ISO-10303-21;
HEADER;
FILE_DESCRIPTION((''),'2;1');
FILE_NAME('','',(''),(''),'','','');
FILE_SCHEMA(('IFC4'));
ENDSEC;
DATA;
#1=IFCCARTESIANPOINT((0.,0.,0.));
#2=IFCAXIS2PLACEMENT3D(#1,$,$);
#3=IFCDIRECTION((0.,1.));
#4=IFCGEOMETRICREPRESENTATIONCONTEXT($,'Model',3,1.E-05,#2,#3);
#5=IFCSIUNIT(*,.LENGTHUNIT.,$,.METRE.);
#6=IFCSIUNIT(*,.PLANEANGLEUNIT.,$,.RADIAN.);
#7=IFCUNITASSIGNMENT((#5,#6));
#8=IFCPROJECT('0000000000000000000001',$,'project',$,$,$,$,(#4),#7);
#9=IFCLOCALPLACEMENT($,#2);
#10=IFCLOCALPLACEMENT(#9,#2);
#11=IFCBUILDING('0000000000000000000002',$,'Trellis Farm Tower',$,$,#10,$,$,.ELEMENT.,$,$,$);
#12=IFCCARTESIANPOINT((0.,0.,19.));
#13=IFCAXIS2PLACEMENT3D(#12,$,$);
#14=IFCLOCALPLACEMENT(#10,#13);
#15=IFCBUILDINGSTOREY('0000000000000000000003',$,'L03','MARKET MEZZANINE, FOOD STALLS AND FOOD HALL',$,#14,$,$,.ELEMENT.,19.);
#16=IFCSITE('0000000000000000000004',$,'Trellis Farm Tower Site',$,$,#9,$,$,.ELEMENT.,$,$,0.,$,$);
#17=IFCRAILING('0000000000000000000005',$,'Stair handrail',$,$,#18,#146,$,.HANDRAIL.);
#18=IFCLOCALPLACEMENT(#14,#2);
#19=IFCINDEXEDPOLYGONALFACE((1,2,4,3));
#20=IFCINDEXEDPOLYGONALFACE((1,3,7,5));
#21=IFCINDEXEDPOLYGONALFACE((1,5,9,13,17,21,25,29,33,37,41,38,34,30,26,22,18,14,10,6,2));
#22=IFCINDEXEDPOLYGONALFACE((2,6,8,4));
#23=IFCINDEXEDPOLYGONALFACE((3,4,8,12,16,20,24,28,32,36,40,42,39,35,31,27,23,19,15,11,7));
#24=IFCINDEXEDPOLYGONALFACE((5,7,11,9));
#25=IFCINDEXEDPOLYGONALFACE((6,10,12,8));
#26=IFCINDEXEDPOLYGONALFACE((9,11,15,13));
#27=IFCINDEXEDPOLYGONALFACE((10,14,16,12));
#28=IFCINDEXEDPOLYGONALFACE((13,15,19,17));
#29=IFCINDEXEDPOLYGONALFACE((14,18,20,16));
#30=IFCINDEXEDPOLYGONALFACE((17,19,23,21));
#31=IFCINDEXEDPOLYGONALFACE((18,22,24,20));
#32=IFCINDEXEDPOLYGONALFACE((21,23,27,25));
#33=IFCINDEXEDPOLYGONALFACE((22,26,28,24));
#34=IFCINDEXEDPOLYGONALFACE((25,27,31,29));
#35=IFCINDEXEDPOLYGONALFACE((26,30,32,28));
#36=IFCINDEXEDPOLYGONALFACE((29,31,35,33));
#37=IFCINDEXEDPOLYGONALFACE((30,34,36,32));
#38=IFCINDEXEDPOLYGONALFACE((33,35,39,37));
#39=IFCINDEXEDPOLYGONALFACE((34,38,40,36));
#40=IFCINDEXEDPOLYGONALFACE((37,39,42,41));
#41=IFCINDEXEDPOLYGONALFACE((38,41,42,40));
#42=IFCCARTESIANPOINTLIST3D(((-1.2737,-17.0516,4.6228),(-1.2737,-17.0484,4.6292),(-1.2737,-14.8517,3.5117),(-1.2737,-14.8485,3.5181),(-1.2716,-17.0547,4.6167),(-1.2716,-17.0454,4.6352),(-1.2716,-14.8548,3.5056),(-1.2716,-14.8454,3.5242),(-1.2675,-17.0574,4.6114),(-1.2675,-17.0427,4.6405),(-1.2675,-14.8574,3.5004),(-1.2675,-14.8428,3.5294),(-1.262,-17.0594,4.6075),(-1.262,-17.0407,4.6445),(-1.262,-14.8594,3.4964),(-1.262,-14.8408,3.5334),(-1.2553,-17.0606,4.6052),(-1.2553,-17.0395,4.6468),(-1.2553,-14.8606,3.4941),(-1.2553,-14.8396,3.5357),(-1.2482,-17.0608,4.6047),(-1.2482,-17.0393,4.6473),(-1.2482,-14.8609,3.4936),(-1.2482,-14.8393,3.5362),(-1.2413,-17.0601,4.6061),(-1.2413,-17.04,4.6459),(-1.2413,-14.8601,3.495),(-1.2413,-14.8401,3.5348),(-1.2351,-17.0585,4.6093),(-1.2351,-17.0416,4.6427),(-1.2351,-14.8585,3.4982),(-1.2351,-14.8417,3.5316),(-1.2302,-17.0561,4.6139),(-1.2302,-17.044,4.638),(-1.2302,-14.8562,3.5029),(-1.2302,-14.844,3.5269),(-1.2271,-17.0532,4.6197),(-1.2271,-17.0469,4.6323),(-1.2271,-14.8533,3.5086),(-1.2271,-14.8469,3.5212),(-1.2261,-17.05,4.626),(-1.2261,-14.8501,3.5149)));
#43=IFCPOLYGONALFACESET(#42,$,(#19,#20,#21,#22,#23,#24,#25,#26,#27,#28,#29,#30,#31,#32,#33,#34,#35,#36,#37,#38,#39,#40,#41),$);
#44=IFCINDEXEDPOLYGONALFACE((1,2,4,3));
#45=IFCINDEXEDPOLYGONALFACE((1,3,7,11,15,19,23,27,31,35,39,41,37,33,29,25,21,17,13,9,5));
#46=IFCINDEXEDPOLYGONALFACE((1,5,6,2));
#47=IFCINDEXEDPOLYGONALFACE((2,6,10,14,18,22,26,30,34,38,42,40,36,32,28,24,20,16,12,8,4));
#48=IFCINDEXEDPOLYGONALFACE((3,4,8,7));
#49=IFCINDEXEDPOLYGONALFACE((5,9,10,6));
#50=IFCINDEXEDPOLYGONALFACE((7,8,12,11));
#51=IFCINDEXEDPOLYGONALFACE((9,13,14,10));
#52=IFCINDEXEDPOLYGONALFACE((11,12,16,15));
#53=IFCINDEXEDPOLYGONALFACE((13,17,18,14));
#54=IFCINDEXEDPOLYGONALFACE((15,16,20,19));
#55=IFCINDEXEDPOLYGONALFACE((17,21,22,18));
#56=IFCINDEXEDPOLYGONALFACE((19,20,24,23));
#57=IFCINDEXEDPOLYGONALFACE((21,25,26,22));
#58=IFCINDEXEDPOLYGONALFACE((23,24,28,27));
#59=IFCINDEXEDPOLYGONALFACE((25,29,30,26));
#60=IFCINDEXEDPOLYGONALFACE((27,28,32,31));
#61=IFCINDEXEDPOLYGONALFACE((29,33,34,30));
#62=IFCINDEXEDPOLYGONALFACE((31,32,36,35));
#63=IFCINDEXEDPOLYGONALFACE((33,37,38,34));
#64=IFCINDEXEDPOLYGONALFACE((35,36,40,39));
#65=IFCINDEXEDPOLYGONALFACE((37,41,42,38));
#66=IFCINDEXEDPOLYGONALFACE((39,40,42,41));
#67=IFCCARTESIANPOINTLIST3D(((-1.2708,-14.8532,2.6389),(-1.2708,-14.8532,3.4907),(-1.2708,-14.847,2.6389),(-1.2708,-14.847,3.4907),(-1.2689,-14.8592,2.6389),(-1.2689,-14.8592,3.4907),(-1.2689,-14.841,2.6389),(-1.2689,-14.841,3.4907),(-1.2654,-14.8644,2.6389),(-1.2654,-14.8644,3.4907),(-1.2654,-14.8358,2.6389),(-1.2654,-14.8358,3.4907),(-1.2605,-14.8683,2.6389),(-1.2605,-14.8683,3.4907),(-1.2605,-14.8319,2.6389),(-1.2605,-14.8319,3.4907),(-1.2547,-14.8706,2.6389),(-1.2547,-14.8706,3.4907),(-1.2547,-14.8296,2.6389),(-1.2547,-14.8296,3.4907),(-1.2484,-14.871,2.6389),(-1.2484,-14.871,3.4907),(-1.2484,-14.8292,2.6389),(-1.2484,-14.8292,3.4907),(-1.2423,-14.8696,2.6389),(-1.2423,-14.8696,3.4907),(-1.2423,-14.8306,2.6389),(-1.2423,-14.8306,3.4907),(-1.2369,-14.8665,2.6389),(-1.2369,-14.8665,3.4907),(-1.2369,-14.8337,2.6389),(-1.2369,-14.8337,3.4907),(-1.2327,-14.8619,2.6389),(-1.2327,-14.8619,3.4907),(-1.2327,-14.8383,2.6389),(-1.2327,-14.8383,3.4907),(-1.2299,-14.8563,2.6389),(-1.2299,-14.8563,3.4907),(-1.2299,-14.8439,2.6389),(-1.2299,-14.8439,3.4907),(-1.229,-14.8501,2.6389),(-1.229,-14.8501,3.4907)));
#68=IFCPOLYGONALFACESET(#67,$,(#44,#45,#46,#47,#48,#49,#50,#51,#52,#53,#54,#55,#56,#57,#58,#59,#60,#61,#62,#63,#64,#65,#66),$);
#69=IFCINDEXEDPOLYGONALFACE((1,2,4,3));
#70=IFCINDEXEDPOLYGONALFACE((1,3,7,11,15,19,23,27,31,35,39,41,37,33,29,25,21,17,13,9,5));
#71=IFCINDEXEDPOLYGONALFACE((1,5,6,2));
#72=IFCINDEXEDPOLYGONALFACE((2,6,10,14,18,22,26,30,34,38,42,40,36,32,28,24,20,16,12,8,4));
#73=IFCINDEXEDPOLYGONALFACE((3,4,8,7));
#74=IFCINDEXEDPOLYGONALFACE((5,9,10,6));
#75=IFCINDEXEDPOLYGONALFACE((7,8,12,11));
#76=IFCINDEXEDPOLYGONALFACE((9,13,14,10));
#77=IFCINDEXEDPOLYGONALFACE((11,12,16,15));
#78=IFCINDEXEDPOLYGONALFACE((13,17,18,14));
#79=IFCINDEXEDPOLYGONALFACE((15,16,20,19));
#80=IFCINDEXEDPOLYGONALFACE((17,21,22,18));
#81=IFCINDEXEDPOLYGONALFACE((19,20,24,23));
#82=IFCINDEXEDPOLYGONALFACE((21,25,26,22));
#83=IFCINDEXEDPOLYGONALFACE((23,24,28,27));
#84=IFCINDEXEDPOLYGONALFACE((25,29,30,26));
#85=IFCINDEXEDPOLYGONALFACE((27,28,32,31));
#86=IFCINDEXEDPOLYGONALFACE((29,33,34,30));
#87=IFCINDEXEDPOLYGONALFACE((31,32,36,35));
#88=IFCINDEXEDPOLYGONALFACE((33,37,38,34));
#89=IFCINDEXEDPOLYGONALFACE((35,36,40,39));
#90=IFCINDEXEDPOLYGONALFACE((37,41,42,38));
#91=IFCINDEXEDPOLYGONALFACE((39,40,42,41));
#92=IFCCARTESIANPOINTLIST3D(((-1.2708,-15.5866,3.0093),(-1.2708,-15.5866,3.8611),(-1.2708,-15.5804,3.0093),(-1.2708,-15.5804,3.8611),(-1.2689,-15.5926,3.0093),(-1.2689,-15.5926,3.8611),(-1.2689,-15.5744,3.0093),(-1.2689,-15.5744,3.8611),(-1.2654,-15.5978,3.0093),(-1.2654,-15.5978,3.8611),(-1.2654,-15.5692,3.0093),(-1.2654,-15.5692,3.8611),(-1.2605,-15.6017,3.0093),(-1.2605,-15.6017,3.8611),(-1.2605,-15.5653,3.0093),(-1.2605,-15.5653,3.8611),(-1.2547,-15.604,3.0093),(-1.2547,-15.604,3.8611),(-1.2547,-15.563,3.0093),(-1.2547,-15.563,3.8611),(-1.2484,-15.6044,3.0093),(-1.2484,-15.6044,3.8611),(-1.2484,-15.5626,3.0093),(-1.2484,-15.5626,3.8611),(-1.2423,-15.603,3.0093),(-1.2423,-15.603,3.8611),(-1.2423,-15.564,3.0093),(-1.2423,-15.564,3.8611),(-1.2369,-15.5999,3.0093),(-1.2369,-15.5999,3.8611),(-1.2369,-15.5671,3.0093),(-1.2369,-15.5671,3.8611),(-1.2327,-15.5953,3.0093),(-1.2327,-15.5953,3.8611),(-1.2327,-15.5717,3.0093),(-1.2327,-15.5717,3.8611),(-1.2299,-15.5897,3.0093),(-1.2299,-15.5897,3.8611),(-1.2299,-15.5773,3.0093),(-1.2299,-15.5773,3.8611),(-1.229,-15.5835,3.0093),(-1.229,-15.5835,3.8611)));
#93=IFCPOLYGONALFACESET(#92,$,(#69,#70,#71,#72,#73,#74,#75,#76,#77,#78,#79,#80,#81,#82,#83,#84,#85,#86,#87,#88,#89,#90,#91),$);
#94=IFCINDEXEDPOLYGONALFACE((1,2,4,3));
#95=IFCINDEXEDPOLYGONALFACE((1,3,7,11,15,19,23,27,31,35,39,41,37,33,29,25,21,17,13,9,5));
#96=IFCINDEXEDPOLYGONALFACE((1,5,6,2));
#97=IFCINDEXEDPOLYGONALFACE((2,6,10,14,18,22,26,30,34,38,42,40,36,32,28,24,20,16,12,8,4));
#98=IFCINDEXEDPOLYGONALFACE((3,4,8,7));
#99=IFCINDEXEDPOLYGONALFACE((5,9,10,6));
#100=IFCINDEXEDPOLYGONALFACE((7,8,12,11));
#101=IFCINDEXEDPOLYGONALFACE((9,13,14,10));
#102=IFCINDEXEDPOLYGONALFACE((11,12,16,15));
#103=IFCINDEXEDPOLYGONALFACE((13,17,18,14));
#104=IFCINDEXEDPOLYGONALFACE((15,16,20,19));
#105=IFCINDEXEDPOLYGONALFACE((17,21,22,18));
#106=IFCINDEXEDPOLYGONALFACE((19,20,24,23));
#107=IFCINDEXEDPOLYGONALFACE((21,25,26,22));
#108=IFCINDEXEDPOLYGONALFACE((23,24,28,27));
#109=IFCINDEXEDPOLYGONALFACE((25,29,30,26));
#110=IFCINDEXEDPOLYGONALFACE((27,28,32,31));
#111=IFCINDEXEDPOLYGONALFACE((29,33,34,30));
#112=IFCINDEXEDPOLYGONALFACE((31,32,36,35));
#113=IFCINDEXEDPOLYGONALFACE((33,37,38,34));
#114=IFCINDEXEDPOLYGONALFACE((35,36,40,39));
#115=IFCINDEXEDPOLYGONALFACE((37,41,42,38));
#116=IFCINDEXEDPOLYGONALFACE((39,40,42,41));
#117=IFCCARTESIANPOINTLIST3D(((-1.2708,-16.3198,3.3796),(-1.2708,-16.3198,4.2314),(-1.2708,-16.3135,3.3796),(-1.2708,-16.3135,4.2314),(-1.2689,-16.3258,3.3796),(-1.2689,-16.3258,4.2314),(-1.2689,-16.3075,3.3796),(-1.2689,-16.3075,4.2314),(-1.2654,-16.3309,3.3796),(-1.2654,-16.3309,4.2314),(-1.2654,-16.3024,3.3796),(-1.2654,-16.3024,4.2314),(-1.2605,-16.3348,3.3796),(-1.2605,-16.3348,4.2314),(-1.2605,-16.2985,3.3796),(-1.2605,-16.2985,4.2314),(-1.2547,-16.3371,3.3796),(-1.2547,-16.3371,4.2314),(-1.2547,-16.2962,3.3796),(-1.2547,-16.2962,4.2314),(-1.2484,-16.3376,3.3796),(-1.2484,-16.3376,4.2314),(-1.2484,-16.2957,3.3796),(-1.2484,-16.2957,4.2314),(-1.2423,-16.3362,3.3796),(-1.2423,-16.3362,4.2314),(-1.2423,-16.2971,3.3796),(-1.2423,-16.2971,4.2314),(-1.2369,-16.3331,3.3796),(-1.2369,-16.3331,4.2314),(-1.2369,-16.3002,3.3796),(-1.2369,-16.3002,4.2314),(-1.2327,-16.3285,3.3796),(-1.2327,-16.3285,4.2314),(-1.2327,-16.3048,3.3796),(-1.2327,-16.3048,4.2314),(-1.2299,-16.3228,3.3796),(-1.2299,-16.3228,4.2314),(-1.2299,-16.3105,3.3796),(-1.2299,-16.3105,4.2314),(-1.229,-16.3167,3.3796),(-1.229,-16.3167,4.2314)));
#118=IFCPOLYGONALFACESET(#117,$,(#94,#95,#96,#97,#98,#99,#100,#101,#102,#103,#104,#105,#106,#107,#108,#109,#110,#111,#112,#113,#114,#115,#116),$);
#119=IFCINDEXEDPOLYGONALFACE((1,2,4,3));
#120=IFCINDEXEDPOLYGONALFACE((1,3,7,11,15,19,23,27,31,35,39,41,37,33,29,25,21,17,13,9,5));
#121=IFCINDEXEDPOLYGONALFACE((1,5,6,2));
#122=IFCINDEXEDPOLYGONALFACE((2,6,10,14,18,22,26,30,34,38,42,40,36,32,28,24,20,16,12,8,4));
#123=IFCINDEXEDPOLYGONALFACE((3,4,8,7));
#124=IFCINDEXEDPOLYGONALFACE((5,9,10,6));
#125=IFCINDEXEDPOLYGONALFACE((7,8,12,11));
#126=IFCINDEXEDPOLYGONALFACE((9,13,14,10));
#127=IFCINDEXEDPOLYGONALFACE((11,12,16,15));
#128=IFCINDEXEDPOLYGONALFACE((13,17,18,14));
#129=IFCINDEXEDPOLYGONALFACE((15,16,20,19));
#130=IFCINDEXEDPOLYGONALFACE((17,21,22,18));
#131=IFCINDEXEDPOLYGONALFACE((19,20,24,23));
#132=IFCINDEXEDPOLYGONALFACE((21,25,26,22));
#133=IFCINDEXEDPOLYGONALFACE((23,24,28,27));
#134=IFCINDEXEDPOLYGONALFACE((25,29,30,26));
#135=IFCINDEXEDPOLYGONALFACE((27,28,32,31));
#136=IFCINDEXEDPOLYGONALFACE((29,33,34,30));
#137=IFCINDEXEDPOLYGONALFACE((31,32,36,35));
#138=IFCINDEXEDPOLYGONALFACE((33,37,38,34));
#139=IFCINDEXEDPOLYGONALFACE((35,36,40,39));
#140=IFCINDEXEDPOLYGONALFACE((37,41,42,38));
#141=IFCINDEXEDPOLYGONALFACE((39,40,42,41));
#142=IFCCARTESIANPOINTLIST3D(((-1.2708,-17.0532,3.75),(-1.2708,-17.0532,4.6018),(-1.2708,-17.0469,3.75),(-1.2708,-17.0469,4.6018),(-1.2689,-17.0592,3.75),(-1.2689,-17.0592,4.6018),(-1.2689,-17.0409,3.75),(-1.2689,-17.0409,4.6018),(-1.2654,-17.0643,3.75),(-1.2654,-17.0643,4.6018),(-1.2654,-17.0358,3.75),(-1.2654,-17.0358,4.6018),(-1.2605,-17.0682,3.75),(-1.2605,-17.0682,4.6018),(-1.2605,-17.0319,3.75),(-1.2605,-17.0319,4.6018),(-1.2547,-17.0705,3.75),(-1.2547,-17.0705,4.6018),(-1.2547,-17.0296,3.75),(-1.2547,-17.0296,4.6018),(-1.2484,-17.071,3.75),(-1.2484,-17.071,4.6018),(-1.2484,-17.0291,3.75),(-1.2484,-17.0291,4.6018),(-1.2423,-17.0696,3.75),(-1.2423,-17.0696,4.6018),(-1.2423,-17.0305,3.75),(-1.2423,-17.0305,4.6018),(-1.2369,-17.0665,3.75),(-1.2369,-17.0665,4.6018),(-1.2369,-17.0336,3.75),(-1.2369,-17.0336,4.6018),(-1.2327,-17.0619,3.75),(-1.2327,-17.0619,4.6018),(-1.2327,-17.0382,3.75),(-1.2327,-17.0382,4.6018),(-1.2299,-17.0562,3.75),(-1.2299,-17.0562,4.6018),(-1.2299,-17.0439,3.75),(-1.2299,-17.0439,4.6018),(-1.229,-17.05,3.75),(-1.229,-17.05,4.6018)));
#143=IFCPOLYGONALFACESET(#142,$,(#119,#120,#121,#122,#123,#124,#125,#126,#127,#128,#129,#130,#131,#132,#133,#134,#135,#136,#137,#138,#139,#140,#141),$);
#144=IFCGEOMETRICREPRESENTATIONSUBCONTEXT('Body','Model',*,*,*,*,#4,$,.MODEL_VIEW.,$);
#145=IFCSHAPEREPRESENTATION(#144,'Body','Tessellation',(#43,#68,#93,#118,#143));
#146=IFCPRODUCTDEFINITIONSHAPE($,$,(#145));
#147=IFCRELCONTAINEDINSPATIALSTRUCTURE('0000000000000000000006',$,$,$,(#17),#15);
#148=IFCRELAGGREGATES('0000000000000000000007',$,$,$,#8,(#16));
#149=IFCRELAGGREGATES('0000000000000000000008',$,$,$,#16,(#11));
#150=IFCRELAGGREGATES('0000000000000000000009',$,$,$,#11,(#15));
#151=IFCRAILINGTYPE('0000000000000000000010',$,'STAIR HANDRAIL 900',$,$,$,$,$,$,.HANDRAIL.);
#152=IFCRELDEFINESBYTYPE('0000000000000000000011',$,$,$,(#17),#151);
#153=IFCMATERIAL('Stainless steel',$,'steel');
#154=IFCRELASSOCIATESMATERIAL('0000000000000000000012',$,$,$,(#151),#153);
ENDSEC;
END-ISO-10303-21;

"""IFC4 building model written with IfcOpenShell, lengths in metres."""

from ifc_helpers import new_model, si_unit, direction, frame, origin, origin_2d, place, context, subcontext, project, spatial, circle, extrude, source, transform, mapped, material, type_object, element, save


model = new_model("IFC4")

# Units and contexts
model_context = context("Model", 3, precision=1e-05, world=origin(), true_north=direction((0.0, 1.0)))
body_context = subcontext(model_context, "Body", "Model", "MODEL_VIEW")
ifc_project = project(units=[si_unit("LENGTHUNIT", "METRE"), si_unit("PLANEANGLEUNIT", "RADIAN")], contexts=[model_context])

# Site, building, storey
site_placement = place(None, origin())
site = spatial("IfcSite", under=ifc_project, at=site_placement, Name="Trellis Farm Tower Site", CompositionType="ELEMENT", RefElevation=0.0)
building_placement = place(site_placement, origin())
building = spatial("IfcBuilding", under=site, at=building_placement, Name="Trellis Farm Tower", CompositionType="ELEMENT")
storey_placement = place(building_placement, frame((0.0, 0.0, 19.0)))
storey = spatial("IfcBuildingStorey", under=building, at=storey_placement, Name="L03", Description="MARKET MEZZANINE, FOOD STALLS AND FOOD HALL", CompositionType="ELEMENT", Elevation=19.0)

# Railing
ifc_material_1 = material(Name="Stainless steel", Category="steel")
railing_type = type_object("IfcRailingType", Name="STAIR HANDRAIL 900", PredefinedType="HANDRAIL", material=ifc_material_1)
shared_shape_1 = source(origin(), body_context, "Body", "SweptSolid", [
    extrude(circle(Radius=0.0239, at=origin_2d()), frame((0.0, 0.0, 0.876), z_axis=(0.0, -0.892617, 0.450816), x_axis=(1.0, 0.0, 0.0)), (0.0, 0.0, 1.0), 2.4646),
    extrude(circle(Radius=0.021, at=origin_2d()), origin(), (0.0, 0.0, 1.0), 0.8518),
    extrude(circle(Radius=0.021, at=origin_2d()), frame((0.0, -0.7334, 0.3704)), (0.0, 0.0, 1.0), 0.8518),
    extrude(circle(Radius=0.021, at=origin_2d()), frame((0.0, -1.4666, 0.7407)), (0.0, 0.0, 1.0), 0.8518),
    extrude(circle(Radius=0.021, at=origin_2d()), frame((0.0, -2.2, 1.1111)), (0.0, 0.0, 1.0), 0.8518),
])
for number, where, name in (
    (1, (-1.25, -14.8501, 2.6389), "Stair handrail"),
):
    element("IfcRailing", number, at=place(storey_placement, frame(where)), inside=storey, type_object=railing_type, Name=name, PredefinedType="HANDRAIL", context=body_context, shape_type="MappedRepresentation", body=[
        mapped(shared_shape_1, transform((0.0, 0.0, 0.0))),
    ])

save(model, "model.ifc")
